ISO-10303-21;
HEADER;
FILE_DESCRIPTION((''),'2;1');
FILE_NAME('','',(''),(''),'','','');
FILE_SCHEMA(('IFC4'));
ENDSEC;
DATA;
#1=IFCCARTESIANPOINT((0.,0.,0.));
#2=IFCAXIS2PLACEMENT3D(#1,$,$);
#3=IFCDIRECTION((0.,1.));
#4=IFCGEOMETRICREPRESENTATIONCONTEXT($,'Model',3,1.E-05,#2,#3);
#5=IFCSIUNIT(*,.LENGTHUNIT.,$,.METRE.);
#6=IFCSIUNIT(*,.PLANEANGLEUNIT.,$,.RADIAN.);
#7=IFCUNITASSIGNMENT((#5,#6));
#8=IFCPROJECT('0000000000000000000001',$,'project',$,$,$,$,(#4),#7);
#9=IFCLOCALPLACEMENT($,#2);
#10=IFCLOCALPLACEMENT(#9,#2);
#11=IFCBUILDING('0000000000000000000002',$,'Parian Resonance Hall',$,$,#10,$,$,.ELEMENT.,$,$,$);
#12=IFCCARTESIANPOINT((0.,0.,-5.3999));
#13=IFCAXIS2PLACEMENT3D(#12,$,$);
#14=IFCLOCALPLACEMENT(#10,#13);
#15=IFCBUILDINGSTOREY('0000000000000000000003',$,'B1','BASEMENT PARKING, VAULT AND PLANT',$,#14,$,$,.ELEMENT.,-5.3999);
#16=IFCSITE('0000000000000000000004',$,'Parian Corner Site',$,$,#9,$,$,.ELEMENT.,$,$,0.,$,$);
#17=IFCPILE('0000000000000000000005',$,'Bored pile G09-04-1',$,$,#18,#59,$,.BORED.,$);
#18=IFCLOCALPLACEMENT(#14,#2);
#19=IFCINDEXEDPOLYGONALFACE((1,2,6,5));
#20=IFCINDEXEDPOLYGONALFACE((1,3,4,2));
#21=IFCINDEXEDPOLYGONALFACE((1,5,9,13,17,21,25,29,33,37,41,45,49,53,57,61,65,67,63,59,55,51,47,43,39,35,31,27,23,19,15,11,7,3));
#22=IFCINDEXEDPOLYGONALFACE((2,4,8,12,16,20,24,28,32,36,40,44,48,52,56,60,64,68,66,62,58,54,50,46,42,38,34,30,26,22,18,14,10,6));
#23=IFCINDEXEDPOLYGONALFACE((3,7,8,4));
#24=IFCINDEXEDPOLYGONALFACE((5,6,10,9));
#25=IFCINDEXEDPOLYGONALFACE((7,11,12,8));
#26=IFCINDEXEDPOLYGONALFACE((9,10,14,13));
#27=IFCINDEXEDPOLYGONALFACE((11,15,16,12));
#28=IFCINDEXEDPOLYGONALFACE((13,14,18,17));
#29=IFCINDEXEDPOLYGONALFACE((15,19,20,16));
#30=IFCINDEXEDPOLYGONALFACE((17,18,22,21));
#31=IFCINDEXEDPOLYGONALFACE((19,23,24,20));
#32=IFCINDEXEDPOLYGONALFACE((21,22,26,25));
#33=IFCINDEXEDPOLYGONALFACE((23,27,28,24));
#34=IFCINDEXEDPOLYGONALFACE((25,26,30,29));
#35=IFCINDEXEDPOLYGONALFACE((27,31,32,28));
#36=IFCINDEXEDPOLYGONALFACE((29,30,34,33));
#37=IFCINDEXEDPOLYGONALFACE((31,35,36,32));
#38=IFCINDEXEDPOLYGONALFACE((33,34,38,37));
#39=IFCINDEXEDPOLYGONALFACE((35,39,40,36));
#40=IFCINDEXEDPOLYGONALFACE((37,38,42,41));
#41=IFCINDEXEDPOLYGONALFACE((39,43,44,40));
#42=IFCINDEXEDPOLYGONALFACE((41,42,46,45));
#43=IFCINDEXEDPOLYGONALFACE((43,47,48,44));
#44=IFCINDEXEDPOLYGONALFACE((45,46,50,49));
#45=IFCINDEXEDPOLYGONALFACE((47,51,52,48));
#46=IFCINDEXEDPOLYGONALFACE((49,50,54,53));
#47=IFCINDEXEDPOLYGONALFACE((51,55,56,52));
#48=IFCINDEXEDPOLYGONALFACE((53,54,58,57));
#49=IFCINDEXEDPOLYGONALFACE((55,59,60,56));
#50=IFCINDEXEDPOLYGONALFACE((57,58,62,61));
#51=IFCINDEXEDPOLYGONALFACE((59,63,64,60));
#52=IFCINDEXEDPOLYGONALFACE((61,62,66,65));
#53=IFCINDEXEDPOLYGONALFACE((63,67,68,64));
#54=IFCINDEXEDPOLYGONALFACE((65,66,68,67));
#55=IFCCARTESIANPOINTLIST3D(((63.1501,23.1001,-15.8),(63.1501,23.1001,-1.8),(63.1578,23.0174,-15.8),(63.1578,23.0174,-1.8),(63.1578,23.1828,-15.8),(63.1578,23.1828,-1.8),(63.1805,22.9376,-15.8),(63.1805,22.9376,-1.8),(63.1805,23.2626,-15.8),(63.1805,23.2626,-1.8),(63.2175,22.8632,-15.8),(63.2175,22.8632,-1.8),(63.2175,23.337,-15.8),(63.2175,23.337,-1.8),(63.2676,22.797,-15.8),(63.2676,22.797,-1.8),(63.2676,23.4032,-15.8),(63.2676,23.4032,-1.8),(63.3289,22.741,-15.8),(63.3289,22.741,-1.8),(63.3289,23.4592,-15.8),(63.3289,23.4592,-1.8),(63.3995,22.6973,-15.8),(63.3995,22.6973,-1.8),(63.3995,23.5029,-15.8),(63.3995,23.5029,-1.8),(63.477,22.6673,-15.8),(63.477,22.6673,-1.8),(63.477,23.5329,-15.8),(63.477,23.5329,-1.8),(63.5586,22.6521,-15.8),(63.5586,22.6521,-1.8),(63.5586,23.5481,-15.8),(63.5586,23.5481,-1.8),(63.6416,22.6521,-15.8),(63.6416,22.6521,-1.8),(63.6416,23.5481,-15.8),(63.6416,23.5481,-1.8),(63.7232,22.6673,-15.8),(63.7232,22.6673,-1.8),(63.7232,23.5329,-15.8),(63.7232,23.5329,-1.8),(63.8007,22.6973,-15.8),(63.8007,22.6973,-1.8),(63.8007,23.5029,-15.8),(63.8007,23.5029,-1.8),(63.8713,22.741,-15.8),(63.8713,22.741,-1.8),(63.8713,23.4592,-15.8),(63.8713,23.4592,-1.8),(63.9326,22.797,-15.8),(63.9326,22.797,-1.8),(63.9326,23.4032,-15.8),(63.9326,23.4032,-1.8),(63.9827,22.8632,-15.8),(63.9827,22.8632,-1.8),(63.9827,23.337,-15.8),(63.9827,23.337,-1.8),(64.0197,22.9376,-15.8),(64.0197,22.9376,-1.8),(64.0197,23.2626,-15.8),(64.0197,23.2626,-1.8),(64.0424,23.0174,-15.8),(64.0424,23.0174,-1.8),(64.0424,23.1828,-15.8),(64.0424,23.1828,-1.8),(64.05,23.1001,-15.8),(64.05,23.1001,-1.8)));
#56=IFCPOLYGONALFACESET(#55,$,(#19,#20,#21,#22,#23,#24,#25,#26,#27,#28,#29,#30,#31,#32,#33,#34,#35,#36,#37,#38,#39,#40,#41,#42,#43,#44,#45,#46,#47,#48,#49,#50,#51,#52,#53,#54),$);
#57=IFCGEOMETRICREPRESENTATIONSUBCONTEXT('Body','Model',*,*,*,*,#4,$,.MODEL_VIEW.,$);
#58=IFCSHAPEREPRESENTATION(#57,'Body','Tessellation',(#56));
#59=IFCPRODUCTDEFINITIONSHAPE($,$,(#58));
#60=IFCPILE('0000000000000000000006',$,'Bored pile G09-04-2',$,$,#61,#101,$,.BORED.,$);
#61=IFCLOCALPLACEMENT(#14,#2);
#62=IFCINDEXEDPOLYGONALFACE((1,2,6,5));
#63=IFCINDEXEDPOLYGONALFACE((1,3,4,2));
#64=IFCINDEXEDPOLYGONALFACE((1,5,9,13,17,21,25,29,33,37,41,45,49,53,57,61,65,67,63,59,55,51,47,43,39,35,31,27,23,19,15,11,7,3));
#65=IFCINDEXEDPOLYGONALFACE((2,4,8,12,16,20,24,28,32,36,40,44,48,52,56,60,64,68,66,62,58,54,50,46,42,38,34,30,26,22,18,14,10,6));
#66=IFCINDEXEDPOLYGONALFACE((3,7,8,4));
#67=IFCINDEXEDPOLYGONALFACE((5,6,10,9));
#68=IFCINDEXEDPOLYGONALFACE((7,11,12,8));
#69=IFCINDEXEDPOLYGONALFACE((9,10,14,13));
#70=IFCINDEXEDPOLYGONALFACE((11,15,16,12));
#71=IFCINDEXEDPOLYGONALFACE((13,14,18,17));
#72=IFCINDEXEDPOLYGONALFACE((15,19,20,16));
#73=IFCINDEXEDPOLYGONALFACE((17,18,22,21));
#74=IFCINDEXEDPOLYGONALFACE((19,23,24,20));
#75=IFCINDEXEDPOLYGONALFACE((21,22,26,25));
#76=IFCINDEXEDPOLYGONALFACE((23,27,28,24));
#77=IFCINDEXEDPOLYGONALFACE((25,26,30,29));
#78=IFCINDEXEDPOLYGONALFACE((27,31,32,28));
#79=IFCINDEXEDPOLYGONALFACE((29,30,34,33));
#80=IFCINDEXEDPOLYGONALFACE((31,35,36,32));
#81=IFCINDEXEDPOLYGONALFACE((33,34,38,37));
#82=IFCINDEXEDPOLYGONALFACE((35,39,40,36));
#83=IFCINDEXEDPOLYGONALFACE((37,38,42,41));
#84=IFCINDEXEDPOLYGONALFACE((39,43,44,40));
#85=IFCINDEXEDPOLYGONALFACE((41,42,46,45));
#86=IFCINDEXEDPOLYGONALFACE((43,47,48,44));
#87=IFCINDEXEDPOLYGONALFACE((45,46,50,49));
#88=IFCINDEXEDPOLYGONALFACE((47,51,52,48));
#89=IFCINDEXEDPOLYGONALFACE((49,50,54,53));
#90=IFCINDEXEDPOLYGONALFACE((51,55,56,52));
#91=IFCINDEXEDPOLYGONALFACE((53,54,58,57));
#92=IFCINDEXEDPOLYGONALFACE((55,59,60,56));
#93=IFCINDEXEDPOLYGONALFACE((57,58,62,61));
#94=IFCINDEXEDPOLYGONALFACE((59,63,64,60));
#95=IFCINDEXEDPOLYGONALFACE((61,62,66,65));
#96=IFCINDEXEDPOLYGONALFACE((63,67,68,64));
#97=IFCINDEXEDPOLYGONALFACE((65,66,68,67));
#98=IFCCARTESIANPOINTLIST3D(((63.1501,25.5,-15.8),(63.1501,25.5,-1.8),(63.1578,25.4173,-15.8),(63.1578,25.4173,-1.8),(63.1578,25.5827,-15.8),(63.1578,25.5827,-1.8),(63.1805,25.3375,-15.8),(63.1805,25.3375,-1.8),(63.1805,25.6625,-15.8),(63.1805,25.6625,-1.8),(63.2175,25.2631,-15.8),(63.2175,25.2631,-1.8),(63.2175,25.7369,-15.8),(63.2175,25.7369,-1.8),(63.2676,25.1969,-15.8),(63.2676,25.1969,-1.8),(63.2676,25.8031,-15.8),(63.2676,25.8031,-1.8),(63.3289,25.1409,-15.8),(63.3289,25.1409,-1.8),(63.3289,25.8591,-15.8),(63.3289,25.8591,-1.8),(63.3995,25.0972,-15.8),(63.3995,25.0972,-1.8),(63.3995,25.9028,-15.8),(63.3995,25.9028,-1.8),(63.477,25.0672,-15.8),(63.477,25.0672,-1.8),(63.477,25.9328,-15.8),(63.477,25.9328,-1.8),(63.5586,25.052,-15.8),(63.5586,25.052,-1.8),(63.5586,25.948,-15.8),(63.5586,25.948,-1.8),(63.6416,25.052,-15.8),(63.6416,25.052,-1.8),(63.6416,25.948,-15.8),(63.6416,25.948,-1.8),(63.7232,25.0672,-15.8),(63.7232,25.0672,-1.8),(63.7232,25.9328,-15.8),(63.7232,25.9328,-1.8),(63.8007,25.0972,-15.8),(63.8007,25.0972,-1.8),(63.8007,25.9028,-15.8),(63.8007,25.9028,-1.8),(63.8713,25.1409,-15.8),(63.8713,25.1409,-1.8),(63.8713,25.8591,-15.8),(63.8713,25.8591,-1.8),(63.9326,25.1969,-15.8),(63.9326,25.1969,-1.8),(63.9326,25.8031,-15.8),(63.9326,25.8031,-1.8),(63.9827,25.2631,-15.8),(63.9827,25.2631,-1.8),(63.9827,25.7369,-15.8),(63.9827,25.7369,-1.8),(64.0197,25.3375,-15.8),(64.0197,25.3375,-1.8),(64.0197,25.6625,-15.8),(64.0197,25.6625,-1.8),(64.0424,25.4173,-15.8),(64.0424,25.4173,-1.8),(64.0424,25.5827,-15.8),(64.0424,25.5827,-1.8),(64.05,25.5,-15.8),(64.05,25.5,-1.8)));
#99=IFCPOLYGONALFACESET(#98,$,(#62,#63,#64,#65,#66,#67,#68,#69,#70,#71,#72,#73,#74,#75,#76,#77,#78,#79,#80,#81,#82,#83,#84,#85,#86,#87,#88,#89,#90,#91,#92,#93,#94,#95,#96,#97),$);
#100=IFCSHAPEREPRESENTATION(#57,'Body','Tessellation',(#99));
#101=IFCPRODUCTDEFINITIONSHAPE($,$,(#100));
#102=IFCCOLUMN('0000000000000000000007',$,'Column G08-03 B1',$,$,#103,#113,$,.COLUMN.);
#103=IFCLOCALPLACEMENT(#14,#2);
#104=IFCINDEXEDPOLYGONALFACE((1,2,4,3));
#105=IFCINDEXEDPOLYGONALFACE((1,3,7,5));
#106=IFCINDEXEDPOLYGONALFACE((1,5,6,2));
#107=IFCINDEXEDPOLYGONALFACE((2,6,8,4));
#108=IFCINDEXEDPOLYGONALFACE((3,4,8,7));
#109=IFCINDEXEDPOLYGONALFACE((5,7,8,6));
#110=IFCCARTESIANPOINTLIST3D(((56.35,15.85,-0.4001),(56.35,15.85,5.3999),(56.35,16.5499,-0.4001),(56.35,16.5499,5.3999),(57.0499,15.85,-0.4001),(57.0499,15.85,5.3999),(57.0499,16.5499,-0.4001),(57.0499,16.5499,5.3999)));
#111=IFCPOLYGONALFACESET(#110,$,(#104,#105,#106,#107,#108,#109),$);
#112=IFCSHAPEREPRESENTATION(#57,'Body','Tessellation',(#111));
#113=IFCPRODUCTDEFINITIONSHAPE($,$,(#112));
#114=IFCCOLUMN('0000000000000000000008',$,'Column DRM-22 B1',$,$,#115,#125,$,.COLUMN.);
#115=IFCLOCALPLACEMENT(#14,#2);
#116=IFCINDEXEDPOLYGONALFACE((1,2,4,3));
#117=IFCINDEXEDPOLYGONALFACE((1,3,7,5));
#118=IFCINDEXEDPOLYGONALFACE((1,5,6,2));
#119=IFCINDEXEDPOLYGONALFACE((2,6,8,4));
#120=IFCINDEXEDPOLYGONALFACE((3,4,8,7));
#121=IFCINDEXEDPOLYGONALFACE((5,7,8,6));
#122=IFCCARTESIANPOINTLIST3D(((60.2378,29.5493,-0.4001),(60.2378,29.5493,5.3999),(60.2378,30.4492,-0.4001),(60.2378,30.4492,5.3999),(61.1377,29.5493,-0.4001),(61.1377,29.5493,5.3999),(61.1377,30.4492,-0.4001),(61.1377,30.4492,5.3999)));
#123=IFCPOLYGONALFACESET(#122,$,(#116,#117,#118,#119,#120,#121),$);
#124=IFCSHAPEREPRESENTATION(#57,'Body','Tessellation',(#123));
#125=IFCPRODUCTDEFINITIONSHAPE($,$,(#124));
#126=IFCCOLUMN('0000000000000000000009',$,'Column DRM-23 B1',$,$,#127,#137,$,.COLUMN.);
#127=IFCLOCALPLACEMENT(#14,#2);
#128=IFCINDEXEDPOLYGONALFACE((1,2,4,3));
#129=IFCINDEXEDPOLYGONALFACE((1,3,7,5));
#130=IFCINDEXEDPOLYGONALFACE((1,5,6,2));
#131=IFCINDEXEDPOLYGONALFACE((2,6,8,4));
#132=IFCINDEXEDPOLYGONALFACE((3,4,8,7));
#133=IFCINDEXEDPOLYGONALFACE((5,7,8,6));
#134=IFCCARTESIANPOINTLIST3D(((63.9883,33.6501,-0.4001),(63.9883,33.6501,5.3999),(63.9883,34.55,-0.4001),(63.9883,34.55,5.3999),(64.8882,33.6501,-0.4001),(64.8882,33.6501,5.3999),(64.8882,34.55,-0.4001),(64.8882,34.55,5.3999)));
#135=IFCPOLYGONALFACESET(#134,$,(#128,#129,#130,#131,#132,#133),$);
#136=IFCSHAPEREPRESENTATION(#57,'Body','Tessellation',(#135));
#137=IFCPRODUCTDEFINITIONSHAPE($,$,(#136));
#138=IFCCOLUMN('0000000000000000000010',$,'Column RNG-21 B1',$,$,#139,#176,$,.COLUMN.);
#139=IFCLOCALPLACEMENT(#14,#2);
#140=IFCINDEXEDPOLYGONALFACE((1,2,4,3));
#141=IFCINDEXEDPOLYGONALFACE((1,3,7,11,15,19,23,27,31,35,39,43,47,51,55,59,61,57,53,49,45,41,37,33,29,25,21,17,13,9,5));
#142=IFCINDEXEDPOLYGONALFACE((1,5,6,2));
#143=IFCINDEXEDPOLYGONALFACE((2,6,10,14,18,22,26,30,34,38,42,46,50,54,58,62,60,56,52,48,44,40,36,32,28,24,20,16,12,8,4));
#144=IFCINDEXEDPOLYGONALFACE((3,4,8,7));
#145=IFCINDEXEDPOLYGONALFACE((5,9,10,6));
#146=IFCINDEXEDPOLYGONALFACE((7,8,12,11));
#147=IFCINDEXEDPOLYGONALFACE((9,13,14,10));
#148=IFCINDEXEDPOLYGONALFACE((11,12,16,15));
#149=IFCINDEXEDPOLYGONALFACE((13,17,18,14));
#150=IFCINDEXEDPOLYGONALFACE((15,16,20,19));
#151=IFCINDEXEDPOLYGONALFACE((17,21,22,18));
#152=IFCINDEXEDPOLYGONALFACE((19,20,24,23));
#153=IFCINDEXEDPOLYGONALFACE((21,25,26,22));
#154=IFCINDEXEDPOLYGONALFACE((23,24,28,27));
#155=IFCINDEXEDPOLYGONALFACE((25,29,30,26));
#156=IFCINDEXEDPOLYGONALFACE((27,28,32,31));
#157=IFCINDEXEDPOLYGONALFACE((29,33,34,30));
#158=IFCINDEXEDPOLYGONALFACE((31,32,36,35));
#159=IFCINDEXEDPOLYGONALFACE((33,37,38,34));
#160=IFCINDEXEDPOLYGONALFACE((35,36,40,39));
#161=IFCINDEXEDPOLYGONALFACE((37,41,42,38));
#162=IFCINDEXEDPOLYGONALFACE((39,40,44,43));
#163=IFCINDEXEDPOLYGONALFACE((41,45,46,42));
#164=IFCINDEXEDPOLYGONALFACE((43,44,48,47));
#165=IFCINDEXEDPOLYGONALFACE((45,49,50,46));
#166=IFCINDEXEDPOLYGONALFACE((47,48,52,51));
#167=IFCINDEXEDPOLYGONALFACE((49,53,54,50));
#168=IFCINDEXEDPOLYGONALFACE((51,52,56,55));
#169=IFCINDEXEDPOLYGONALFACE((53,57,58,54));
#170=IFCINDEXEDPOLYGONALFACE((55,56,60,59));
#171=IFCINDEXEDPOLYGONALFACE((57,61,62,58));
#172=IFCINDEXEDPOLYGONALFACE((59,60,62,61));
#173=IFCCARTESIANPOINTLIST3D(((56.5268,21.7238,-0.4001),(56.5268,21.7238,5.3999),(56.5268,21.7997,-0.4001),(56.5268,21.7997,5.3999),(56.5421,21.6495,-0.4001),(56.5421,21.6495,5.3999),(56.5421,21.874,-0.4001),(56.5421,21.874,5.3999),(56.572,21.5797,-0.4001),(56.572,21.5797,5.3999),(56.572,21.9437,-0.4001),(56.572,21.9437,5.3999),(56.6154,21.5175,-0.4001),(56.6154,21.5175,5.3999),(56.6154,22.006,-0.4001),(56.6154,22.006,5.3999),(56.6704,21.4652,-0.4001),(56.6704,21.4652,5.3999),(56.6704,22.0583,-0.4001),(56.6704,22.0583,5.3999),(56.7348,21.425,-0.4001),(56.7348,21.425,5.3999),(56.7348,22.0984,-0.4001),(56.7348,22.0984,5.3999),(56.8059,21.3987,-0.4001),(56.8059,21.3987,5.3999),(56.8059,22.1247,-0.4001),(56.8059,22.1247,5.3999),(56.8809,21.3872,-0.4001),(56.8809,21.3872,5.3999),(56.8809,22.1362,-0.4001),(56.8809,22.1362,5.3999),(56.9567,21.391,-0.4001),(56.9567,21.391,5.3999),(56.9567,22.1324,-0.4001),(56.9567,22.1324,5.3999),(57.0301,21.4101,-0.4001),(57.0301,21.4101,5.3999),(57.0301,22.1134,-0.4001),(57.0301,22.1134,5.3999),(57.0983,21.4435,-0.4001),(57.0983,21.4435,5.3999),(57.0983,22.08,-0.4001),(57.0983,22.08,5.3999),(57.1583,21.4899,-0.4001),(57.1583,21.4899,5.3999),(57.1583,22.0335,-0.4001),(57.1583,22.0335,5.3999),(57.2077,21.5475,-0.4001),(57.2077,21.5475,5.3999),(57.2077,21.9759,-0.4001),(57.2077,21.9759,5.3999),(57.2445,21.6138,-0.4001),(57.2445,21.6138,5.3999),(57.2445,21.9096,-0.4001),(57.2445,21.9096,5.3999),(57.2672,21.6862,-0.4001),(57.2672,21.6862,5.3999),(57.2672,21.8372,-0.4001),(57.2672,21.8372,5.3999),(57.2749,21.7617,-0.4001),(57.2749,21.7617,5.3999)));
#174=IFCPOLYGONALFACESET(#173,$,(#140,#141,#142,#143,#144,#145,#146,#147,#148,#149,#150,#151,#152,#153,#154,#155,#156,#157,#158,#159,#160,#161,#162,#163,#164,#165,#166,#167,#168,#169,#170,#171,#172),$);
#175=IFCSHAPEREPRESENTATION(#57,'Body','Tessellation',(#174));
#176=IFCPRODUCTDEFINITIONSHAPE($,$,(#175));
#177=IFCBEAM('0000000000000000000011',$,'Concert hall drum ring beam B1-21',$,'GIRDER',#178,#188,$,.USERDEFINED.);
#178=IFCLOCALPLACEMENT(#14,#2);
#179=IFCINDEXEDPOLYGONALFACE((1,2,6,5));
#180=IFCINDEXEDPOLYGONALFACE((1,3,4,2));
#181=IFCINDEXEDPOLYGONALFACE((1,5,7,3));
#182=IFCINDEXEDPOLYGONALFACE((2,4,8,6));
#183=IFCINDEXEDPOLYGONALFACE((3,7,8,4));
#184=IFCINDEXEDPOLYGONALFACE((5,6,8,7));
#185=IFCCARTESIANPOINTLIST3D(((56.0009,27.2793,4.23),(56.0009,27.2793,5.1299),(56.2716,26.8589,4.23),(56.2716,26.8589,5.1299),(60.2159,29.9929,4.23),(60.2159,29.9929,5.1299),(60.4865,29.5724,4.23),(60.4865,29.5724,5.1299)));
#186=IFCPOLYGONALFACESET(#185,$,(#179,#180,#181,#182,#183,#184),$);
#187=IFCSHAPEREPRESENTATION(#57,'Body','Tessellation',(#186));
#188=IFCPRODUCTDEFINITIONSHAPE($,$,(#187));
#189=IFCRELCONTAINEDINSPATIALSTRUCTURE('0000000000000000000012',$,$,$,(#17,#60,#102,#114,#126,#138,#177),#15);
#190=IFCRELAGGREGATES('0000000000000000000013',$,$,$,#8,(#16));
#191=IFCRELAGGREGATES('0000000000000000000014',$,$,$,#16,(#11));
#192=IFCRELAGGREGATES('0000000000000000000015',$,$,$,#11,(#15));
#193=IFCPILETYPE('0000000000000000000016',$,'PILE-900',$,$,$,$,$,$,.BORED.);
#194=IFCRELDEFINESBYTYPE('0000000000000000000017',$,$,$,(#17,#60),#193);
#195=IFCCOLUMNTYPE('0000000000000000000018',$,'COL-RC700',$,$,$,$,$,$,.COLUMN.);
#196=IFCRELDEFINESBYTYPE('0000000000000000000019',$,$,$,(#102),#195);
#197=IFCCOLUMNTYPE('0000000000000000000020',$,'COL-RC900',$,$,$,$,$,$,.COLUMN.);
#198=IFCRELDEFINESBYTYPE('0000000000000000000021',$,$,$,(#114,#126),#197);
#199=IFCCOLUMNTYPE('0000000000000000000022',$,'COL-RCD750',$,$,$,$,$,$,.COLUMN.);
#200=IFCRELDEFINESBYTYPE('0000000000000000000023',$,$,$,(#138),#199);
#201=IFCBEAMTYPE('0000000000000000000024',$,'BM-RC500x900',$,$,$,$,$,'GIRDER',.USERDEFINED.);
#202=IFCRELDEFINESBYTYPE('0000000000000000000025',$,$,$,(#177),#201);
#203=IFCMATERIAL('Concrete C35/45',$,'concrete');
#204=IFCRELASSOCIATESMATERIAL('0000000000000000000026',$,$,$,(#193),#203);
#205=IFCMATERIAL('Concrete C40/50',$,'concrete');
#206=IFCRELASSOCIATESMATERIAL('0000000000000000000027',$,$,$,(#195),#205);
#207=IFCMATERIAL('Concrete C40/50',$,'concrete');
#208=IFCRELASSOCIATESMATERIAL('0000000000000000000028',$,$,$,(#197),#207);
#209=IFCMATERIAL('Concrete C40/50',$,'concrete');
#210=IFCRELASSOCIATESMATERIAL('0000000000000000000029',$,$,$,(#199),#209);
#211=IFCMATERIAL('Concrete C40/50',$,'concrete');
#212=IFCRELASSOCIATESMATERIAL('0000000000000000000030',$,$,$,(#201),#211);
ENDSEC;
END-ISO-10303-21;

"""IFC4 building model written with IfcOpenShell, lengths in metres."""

from ifc_helpers import new_model, si_unit, direction, frame, origin, origin_2d, place, context, subcontext, project, spatial, rectangle, circle, extrude, material, material_profile, profile_set, type_object, element, save


model = new_model("IFC4")

# Units and contexts
model_context = context("Model", 3, precision=1e-05, world=origin(), true_north=direction((0.0, 1.0)))
body_context = subcontext(model_context, "Body", "Model", "MODEL_VIEW")
ifc_project = project(units=[si_unit("LENGTHUNIT", "METRE"), si_unit("PLANEANGLEUNIT", "RADIAN")], contexts=[model_context])

# Site, building, storey
site_placement = place(None, origin())
site = spatial("IfcSite", under=ifc_project, at=site_placement, Name="Parian Corner Site", CompositionType="ELEMENT", RefElevation=0.0)
building_placement = place(site_placement, origin())
building = spatial("IfcBuilding", under=site, at=building_placement, Name="Parian Resonance Hall", CompositionType="ELEMENT")
storey_placement = place(building_placement, frame((0.0, 0.0, -5.3999)))
storey = spatial("IfcBuildingStorey", under=building, at=storey_placement, Name="B1", Description="BASEMENT PARKING, VAULT AND PLANT", CompositionType="ELEMENT", Elevation=-5.3999)

# Piles
ifc_material_1 = material(Name="Concrete C35/45", Category="concrete")
ifc_material_profile_1 = material_profile(ifc_material_1, circle(Radius=0.45, at=origin_2d()), Name="PILE-D900")
ifc_profile_set_1 = profile_set([ifc_material_profile_1], Name="Concrete C35/45")
pile_type_1 = type_object("IfcPileType", Name="PILE-900", PredefinedType="BORED", material=ifc_profile_set_1)
for number, where, z_axis, x_axis, name in (
    (1, (63.6001, 23.1001, -1.8), (0.0, 0.0, -1.0), (1.0, 0.0, 0.0), "Bored pile G09-04-1"),
    (2, (63.6001, 25.5, -1.8), (0.0, 0.0, -1.0), (1.0, 0.0, 0.0), "Bored pile G09-04-2"),
):
    element("IfcPile", number, at=place(storey_placement, frame(where, z_axis=z_axis, x_axis=x_axis)), inside=storey, type_object=pile_type_1, Name=name, PredefinedType="BORED", context=body_context, shape_type="SweptSolid", body=[
        extrude(circle(Radius=0.45, at=origin_2d()), origin(), (0.0, 0.0, 1.0), 14.0),
    ])

# Columns
ifc_material_2 = material(Name="Concrete C40/50", Category="concrete")
ifc_material_profile_2 = material_profile(ifc_material_2, rectangle(XDim=0.7, YDim=0.7, at=origin_2d()), Name="RC-COL-700x700")
ifc_profile_set_2 = profile_set([ifc_material_profile_2], Name="Concrete C40/50")
column_type_1 = type_object("IfcColumnType", Name="COL-RC700", PredefinedType="COLUMN", material=ifc_profile_set_2)
column_1_placement = place(storey_placement, frame((56.7, 16.2, -0.4001), z_axis=(0.0, 0.0, 1.0), x_axis=(1.0, 0.0, 0.0)))
element("IfcColumn", 3, at=column_1_placement, inside=storey, type_object=column_type_1, Name="Column G08-03 B1", PredefinedType="COLUMN", context=body_context, shape_type="SweptSolid", body=[
    extrude(rectangle(XDim=0.7, YDim=0.7, at=origin_2d()), origin(), (0.0, 0.0, 1.0), 5.8),
])
ifc_material_3 = material(Name="Concrete C40/50", Category="concrete")
ifc_material_profile_3 = material_profile(ifc_material_3, rectangle(XDim=0.8999, YDim=0.8999, at=origin_2d()), Name="RC-COL-900x900")
ifc_profile_set_3 = profile_set([ifc_material_profile_3], Name="Concrete C40/50")
column_type_2 = type_object("IfcColumnType", Name="COL-RC900", PredefinedType="COLUMN", material=ifc_profile_set_3)
for number, where, z_axis, x_axis, name in (
    (4, (60.6877, 29.9993, -0.4001), (0.0, 0.0, 1.0), (1.0, 0.0, 0.0), "Column DRM-22 B1"),
    (5, (64.4382, 34.1001, -0.4001), (0.0, 0.0, 1.0), (1.0, 0.0, 0.0), "Column DRM-23 B1"),
):
    element("IfcColumn", number, at=place(storey_placement, frame(where, z_axis=z_axis, x_axis=x_axis)), inside=storey, type_object=column_type_2, Name=name, PredefinedType="COLUMN", context=body_context, shape_type="SweptSolid", body=[
        extrude(rectangle(XDim=0.8999, YDim=0.8999, at=origin_2d()), origin(), (0.0, 0.0, 1.0), 5.8),
    ])
ifc_material_4 = material(Name="Concrete C40/50", Category="concrete")
ifc_material_profile_4 = material_profile(ifc_material_4, circle(Radius=0.375, at=origin_2d()), Name="RC-COL-D750")
ifc_profile_set_4 = profile_set([ifc_material_profile_4], Name="Concrete C40/50")
column_type_3 = type_object("IfcColumnType", Name="COL-RCD750", PredefinedType="COLUMN", material=ifc_profile_set_4)
column_2_placement = place(storey_placement, frame((56.8999, 21.7617, -0.4001), z_axis=(0.0, 0.0, 1.0), x_axis=(1.0, 0.0, 0.0)))
element("IfcColumn", 6, at=column_2_placement, inside=storey, type_object=column_type_3, Name="Column RNG-21 B1", PredefinedType="COLUMN", context=body_context, shape_type="SweptSolid", body=[
    extrude(circle(Radius=0.375, at=origin_2d()), origin(), (0.0, 0.0, 1.0), 5.8),
])

# Beam
ifc_material_5 = material(Name="Concrete C40/50", Category="concrete")
ifc_material_profile_5 = material_profile(ifc_material_5, rectangle(XDim=0.5, YDim=0.8999, at=origin_2d()), Name="RC-BM-500x900")
ifc_profile_set_5 = profile_set([ifc_material_profile_5], Name="Concrete C40/50")
beam_type_1 = type_object("IfcBeamType", Name="BM-RC500x900", ElementType="GIRDER", PredefinedType="USERDEFINED", material=ifc_profile_set_5)
beam_1_placement = place(storey_placement, frame((56.1362, 27.0691, 4.6799), z_axis=(0.840822, 0.541311, 0.0), x_axis=(-0.541311, 0.840822, 0.0)))
element("IfcBeam", 7, at=beam_1_placement, inside=storey, type_object=beam_type_1, Name="Concert hall drum ring beam B1-21", ObjectType="GIRDER", PredefinedType="USERDEFINED", context=body_context, shape_type="SweptSolid", body=[
    extrude(rectangle(XDim=0.5, YDim=0.8999, at=origin_2d()), origin(), (0.0, 0.0, 1.0), 5.0129),
])

save(model, "model.ifc")
